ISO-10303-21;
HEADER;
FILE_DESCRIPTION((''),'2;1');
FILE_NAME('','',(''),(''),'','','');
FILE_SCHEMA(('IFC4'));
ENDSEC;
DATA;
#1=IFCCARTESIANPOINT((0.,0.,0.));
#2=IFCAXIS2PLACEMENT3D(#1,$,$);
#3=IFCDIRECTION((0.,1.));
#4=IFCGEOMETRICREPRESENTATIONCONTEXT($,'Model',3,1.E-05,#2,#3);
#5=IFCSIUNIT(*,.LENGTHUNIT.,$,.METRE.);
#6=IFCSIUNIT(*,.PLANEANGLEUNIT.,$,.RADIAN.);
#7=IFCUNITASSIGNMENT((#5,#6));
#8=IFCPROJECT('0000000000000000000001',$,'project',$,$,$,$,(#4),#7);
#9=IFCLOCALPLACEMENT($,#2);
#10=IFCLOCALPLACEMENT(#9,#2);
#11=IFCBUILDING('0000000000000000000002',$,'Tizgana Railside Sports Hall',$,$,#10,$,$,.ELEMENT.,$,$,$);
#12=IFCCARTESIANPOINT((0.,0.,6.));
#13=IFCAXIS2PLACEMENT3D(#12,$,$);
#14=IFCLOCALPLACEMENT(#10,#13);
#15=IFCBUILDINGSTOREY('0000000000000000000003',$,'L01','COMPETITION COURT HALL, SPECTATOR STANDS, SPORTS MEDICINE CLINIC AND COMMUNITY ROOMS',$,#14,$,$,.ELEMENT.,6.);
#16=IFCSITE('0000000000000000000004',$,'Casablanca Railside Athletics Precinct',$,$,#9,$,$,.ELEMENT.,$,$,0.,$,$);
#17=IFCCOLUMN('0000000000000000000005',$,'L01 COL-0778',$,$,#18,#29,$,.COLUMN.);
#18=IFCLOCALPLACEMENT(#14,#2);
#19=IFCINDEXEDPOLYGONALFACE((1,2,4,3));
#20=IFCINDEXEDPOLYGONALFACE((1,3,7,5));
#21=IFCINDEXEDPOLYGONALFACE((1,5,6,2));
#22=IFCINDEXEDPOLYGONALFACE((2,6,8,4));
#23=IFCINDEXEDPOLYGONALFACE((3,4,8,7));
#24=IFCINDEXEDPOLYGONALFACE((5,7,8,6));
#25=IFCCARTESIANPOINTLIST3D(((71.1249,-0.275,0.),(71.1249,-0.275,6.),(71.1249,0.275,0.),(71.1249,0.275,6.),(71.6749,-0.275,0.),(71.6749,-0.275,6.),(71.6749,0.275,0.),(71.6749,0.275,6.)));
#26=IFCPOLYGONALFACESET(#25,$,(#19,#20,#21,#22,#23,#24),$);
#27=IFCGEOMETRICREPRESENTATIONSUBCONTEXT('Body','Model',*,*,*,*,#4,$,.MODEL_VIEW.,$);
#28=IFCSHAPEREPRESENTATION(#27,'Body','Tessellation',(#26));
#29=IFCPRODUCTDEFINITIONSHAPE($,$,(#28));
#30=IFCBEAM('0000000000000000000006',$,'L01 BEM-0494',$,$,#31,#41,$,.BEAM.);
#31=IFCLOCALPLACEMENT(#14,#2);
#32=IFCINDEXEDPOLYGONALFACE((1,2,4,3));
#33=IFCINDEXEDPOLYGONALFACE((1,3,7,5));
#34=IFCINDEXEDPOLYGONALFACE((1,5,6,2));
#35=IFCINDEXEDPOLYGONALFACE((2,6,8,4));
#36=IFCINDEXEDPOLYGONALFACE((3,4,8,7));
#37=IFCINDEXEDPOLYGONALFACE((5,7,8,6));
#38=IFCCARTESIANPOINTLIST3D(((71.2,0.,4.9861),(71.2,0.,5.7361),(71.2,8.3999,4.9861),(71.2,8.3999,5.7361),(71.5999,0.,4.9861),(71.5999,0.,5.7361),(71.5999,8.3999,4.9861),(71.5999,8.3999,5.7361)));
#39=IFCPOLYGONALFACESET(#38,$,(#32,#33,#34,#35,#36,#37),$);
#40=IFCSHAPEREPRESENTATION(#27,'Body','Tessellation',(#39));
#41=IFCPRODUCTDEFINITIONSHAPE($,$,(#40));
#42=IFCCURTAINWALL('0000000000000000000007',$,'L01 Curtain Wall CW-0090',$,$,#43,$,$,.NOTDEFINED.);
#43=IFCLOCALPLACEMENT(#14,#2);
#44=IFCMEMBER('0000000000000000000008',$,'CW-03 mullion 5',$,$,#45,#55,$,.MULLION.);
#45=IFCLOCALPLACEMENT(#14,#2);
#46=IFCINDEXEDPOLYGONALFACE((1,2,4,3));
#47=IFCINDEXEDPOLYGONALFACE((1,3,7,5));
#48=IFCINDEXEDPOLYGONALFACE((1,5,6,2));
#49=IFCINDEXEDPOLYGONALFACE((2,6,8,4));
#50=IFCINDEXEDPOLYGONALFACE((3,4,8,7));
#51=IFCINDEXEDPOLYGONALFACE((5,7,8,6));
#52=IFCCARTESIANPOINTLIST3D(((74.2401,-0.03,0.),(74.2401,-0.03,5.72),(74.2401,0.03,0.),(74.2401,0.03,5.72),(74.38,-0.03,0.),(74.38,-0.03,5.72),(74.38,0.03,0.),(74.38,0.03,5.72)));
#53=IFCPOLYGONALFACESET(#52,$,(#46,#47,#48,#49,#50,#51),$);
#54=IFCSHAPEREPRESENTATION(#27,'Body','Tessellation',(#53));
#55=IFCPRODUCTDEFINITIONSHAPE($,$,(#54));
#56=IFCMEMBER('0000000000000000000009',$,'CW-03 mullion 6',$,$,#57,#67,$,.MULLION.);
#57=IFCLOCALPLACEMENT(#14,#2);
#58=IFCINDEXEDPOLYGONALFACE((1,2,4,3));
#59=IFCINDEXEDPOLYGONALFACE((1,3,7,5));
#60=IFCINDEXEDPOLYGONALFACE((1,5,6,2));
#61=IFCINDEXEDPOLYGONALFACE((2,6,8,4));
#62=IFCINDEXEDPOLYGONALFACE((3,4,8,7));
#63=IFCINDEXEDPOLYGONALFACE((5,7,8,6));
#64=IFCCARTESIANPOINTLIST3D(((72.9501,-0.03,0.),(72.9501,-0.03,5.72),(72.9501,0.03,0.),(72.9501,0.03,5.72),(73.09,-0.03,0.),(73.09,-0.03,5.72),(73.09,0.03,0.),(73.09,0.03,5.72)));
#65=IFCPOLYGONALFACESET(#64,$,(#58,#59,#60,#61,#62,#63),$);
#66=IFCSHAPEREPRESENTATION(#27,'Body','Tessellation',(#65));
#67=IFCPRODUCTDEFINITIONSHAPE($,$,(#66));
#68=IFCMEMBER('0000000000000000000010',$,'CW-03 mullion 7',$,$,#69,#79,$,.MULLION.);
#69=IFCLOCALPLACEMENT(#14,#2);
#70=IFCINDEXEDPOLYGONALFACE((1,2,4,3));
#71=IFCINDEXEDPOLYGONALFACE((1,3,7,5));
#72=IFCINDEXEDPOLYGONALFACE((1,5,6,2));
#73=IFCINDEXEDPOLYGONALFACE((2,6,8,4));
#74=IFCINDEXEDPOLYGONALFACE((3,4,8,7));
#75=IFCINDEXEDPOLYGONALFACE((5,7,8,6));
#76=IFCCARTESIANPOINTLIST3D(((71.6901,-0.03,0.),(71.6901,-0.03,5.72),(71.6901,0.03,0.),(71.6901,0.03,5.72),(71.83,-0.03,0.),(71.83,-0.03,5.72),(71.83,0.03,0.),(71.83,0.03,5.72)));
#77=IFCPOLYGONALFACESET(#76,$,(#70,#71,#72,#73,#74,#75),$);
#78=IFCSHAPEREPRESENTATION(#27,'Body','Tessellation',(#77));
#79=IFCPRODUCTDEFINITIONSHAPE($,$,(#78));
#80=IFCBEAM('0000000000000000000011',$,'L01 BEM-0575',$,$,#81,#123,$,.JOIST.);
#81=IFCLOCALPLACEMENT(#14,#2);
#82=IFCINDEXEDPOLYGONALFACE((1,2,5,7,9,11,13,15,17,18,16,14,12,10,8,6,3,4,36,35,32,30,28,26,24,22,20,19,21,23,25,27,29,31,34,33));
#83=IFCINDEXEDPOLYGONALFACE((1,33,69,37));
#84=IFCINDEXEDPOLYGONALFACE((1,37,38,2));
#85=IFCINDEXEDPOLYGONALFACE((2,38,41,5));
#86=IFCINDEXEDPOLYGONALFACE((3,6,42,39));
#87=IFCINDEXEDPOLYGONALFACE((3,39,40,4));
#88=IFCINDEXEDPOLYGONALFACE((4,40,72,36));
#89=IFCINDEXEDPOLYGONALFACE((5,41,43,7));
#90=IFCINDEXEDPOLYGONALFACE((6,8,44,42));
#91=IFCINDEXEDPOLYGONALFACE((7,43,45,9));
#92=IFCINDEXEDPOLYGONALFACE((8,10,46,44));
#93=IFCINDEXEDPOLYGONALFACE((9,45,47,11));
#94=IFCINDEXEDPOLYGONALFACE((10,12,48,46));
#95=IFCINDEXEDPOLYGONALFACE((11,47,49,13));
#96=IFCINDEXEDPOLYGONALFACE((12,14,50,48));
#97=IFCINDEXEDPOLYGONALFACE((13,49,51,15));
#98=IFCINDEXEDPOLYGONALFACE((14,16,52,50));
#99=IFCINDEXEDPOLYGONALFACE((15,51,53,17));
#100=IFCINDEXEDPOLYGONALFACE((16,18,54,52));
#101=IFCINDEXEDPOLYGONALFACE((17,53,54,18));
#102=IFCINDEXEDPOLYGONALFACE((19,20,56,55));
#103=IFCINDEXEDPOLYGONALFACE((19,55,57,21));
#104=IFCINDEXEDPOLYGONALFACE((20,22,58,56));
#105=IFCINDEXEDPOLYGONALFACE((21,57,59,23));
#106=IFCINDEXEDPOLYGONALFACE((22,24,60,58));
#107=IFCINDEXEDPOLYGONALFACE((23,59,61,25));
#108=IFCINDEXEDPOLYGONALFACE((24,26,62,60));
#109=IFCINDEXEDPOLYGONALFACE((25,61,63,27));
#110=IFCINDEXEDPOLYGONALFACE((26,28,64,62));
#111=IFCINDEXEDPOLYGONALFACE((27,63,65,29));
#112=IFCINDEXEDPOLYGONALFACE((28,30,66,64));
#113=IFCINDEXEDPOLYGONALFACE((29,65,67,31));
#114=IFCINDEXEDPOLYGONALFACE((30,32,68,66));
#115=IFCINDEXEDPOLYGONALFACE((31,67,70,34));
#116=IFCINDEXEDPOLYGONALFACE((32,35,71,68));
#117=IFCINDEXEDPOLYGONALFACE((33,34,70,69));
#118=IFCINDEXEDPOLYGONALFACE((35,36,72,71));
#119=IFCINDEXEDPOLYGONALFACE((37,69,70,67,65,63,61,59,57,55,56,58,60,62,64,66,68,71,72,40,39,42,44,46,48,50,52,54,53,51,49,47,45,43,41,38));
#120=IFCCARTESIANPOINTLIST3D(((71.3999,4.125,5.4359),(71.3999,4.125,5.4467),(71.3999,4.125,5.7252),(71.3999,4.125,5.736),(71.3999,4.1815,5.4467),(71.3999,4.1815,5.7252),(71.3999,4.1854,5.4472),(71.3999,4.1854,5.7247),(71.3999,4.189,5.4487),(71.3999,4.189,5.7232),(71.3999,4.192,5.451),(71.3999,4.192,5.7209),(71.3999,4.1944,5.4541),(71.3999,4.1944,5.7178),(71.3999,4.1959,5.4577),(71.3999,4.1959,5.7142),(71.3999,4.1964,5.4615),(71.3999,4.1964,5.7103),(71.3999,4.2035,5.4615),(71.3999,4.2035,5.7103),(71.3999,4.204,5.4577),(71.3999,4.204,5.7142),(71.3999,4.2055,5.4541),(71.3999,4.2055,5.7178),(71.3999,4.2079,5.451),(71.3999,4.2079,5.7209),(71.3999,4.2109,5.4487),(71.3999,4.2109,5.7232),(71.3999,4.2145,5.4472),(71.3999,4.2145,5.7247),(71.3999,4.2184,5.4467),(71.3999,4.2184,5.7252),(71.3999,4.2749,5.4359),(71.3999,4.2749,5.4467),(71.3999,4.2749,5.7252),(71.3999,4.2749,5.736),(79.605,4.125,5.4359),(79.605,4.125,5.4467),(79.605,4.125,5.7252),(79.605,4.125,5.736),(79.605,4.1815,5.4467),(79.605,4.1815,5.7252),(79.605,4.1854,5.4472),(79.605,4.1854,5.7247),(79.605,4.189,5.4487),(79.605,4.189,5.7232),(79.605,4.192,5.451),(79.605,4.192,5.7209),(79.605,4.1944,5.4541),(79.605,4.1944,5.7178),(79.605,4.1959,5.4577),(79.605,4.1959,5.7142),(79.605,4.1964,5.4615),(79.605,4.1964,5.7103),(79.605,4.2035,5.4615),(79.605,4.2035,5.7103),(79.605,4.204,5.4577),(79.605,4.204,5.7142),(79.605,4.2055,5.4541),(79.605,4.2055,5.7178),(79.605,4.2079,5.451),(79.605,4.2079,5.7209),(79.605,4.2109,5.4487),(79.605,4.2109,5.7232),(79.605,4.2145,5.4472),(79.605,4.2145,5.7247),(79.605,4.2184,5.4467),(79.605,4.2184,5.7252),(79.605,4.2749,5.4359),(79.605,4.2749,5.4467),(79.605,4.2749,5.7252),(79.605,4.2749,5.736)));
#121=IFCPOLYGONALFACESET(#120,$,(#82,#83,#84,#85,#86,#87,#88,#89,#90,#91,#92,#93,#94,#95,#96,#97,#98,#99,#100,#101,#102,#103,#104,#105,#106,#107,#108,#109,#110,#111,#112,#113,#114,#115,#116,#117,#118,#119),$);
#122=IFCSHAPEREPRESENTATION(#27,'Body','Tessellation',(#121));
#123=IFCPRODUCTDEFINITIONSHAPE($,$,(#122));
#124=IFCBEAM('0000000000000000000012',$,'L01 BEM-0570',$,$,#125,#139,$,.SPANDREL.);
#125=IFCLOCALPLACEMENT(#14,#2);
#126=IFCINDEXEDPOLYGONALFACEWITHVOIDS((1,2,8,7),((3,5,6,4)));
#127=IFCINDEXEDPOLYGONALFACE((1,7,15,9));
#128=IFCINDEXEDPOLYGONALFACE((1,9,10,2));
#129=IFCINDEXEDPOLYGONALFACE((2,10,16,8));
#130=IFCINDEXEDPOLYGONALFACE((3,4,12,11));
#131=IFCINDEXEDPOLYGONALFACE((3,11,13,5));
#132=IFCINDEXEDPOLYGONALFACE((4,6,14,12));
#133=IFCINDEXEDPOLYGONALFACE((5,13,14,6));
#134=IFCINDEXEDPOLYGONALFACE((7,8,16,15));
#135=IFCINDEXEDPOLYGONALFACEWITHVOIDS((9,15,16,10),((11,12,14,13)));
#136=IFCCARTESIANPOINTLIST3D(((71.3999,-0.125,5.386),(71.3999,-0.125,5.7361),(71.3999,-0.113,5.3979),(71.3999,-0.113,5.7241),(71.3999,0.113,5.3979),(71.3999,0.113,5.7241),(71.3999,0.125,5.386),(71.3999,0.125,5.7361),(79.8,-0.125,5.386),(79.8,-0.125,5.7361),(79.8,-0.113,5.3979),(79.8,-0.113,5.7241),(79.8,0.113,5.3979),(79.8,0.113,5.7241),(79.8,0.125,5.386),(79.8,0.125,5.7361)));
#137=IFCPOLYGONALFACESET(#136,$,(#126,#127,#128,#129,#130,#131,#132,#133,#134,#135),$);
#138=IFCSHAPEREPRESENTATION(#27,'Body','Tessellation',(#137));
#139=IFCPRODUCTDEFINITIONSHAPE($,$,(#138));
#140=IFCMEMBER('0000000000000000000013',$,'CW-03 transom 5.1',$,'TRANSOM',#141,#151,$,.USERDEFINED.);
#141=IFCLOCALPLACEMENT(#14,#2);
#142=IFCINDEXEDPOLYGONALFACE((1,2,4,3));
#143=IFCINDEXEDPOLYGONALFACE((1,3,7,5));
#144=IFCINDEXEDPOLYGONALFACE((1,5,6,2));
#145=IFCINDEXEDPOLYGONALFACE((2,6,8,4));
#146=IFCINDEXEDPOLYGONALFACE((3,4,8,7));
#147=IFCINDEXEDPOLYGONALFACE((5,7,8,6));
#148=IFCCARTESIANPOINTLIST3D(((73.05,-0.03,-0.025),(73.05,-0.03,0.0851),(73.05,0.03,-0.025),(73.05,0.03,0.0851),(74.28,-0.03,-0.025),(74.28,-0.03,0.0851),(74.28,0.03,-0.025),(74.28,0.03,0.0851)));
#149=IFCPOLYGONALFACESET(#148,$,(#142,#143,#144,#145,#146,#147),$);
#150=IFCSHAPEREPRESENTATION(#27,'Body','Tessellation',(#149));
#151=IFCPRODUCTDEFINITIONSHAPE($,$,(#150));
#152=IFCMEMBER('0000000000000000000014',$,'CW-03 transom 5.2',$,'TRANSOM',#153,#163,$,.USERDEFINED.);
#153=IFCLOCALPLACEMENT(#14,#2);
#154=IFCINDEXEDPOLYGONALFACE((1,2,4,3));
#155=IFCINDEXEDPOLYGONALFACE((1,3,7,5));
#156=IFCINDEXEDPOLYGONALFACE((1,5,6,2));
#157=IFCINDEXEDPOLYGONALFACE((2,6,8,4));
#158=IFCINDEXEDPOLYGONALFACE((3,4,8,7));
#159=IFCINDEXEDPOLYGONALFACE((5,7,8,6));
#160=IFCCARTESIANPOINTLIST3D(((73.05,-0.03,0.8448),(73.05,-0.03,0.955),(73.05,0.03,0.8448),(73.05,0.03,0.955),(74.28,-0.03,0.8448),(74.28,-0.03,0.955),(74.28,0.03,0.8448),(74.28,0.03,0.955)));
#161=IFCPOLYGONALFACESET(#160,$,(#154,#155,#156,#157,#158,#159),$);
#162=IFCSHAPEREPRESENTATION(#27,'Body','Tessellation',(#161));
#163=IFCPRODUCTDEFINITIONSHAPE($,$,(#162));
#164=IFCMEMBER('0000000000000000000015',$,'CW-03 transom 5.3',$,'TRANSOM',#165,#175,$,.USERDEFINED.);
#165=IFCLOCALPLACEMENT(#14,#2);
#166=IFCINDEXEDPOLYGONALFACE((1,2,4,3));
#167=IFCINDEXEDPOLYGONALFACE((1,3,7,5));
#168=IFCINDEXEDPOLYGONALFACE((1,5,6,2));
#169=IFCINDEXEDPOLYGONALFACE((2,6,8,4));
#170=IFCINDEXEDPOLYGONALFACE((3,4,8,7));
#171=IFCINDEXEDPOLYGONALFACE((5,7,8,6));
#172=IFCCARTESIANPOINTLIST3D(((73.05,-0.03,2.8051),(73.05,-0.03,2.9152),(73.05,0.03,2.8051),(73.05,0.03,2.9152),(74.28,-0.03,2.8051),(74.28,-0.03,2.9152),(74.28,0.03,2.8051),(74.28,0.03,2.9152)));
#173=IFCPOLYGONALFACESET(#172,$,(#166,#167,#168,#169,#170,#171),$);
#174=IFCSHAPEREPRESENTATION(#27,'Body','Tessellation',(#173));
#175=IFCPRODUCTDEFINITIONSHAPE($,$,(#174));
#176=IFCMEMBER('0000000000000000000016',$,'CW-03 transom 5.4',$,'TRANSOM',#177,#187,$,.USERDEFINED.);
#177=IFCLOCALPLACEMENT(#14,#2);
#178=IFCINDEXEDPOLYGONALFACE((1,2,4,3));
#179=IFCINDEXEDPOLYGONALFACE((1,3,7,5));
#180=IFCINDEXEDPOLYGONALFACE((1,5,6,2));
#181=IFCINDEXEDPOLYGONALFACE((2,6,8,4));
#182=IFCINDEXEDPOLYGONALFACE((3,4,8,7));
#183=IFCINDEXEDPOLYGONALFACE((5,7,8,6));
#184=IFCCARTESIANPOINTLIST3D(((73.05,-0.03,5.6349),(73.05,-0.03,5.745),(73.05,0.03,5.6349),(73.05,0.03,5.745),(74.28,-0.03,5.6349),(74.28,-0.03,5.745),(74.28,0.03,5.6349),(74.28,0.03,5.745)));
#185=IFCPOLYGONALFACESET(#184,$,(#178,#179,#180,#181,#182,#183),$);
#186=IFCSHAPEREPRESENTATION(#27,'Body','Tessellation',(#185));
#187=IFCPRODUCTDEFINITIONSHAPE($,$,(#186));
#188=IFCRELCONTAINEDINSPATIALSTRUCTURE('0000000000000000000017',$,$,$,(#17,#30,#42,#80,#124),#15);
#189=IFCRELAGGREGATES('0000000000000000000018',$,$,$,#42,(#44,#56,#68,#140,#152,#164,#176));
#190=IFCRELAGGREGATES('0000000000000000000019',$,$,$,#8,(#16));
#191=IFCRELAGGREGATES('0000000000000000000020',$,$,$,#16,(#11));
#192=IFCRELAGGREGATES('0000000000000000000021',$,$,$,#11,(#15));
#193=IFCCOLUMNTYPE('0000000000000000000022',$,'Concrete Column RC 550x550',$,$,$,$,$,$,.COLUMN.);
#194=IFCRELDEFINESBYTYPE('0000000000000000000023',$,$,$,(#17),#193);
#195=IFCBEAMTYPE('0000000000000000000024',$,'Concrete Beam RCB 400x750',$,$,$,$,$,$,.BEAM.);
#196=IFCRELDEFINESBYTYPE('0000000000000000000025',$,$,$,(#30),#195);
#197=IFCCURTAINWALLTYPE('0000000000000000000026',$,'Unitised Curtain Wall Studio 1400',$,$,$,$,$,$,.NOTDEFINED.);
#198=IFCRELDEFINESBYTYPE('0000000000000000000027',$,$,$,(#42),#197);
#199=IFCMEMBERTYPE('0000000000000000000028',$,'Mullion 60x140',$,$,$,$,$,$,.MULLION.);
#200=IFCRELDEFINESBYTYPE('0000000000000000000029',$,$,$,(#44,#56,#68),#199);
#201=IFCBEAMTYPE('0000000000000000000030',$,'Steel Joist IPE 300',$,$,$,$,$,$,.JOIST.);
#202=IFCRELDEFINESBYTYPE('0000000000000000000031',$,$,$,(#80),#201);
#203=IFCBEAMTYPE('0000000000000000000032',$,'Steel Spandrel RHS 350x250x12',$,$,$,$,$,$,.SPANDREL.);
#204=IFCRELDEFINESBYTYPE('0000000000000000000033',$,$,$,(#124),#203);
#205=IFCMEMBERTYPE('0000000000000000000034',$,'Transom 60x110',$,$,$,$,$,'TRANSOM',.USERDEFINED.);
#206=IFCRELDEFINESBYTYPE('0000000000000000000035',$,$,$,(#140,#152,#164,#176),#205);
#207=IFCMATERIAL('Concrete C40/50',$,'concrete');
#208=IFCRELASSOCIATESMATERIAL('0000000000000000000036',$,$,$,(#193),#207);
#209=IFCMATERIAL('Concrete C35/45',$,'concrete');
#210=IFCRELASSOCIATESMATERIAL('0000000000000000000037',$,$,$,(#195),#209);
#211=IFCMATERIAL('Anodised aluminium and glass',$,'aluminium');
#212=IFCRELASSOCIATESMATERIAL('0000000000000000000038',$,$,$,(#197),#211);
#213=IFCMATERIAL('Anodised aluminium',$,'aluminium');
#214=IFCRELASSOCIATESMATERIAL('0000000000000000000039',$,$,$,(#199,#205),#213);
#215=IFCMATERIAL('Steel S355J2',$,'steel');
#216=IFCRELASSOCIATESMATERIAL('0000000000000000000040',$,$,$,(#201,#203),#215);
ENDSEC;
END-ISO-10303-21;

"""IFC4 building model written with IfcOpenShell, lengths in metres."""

from ifc_helpers import new_model, si_unit, direction, frame, origin, origin_2d, place, context, subcontext, project, spatial, rectangle, hollow_rectangle, i_section, extrude, material, material_profile, profile_set, type_object, element, aggregate, save


model = new_model("IFC4")

# Units and contexts
model_context = context("Model", 3, precision=1e-05, world=origin(), true_north=direction((0.0, 1.0)))
body_context = subcontext(model_context, "Body", "Model", "MODEL_VIEW")
ifc_project = project(units=[si_unit("LENGTHUNIT", "METRE"), si_unit("PLANEANGLEUNIT", "RADIAN")], contexts=[model_context])

# Site, building, storey
site_placement = place(None, origin())
site = spatial("IfcSite", under=ifc_project, at=site_placement, Name="Casablanca Railside Athletics Precinct", CompositionType="ELEMENT", RefElevation=0.0)
building_placement = place(site_placement, origin())
building = spatial("IfcBuilding", under=site, at=building_placement, Name="Tizgana Railside Sports Hall", CompositionType="ELEMENT")
storey_placement = place(building_placement, frame((0.0, 0.0, 6.0)))
storey = spatial("IfcBuildingStorey", under=building, at=storey_placement, Name="L01", Description="COMPETITION COURT HALL, SPECTATOR STANDS, SPORTS MEDICINE CLINIC AND COMMUNITY ROOMS", CompositionType="ELEMENT", Elevation=6.0)

# Column
ifc_material_1 = material(Name="Concrete C40/50", Category="concrete")
ifc_material_profile_1 = material_profile(ifc_material_1, rectangle(XDim=0.55, YDim=0.55, at=origin_2d()), Name="RC 550x550")
ifc_profile_set_1 = profile_set([ifc_material_profile_1], Name="Concrete C40/50")
column_type = type_object("IfcColumnType", Name="Concrete Column RC 550x550", PredefinedType="COLUMN", material=ifc_profile_set_1)
column_placement = place(storey_placement, frame((71.3999, 0.0, 0.0), z_axis=(0.0, 0.0, 1.0), x_axis=(1.0, 0.0, 0.0)))
element("IfcColumn", 1, at=column_placement, inside=storey, type_object=column_type, Name="L01 COL-0778", PredefinedType="COLUMN", context=body_context, shape_type="SweptSolid", body=[
    extrude(rectangle(XDim=0.55, YDim=0.55, at=origin_2d()), origin(), (0.0, 0.0, 1.0), 6.0),
])

# Beam
ifc_material_2 = material(Name="Concrete C35/45", Category="concrete")
ifc_material_profile_2 = material_profile(ifc_material_2, rectangle(XDim=0.3999, YDim=0.75, at=origin_2d()), Name="RCB 400x750")
ifc_profile_set_2 = profile_set([ifc_material_profile_2], Name="Concrete C35/45")
beam_type_1 = type_object("IfcBeamType", Name="Concrete Beam RCB 400x750", PredefinedType="BEAM", material=ifc_profile_set_2)
beam_1_placement = place(storey_placement, frame((71.3999, 0.0, 5.3611), z_axis=(0.0, 1.0, 0.0), x_axis=(-1.0, 0.0, 0.0)))
element("IfcBeam", 2, at=beam_1_placement, inside=storey, type_object=beam_type_1, Name="L01 BEM-0494", PredefinedType="BEAM", context=body_context, shape_type="SweptSolid", body=[
    extrude(rectangle(XDim=0.3999, YDim=0.75, at=origin_2d()), origin(), (0.0, 0.0, 1.0), 8.3999),
])

# Curtain wall, members
ifc_material_3 = material(Name="Anodised aluminium and glass", Category="aluminium")
curtain_wall_type = type_object("IfcCurtainWallType", Name="Unitised Curtain Wall Studio 1400", PredefinedType="NOTDEFINED", material=ifc_material_3)
curtain_wall_placement = place(storey_placement, origin())
curtain_wall = element("IfcCurtainWall", 3, at=curtain_wall_placement, inside=storey, type_object=curtain_wall_type, Name="L01 Curtain Wall CW-0090", PredefinedType="NOTDEFINED")
ifc_material_4 = material(Name="Anodised aluminium", Category="aluminium")
ifc_material_profile_3 = material_profile(ifc_material_4, rectangle(XDim=0.0601, YDim=0.1399, at=origin_2d()), Name="Mullion 60x140")
ifc_profile_set_3 = profile_set([ifc_material_profile_3], Name="Anodised aluminium")
member_type_1 = type_object("IfcMemberType", Name="Mullion 60x140", PredefinedType="MULLION", material=ifc_profile_set_3)
member_1_placement = place(storey_placement, frame((74.3101, 0.0, 0.0), z_axis=(0.0, 0.0, 1.0), x_axis=(0.0, -1.0, 0.0)))
member_1 = element("IfcMember", 4, at=member_1_placement, type_object=member_type_1, Name="CW-03 mullion 5", PredefinedType="MULLION", context=body_context, shape_type="SweptSolid", body=[
    extrude(rectangle(XDim=0.0601, YDim=0.1399, at=origin_2d()), origin(), (0.0, 0.0, 1.0), 5.72),
])
member_2_placement = place(storey_placement, frame((73.02, 0.0, 0.0), z_axis=(0.0, 0.0, 1.0), x_axis=(0.0, -1.0, 0.0)))
member_2 = element("IfcMember", 5, at=member_2_placement, type_object=member_type_1, Name="CW-03 mullion 6", PredefinedType="MULLION", context=body_context, shape_type="SweptSolid", body=[
    extrude(rectangle(XDim=0.0601, YDim=0.1399, at=origin_2d()), origin(), (0.0, 0.0, 1.0), 5.72),
])
member_3_placement = place(storey_placement, frame((71.76, 0.0, 0.0), z_axis=(0.0, 0.0, 1.0), x_axis=(0.0, -1.0, 0.0)))
member_3 = element("IfcMember", 6, at=member_3_placement, type_object=member_type_1, Name="CW-03 mullion 7", PredefinedType="MULLION", context=body_context, shape_type="SweptSolid", body=[
    extrude(rectangle(XDim=0.0601, YDim=0.1399, at=origin_2d()), origin(), (0.0, 0.0, 1.0), 5.72),
])

# Beams
ifc_material_5 = material(Name="Steel S355J2", Category="steel")
ifc_material_profile_4 = material_profile(ifc_material_5, i_section(OverallWidth=0.1499, OverallDepth=0.3, WebThickness=0.0071, FlangeThickness=0.0107, FilletRadius=0.0149, at=origin_2d()), Name="IPE 300")
ifc_profile_set_4 = profile_set([ifc_material_profile_4], Name="Steel S355J2")
beam_type_2 = type_object("IfcBeamType", Name="Steel Joist IPE 300", PredefinedType="JOIST", material=ifc_profile_set_4)
beam_2_placement = place(storey_placement, frame((71.3999, 4.2, 5.5859), z_axis=(1.0, 0.0, 0.0), x_axis=(0.0, 1.0, 0.0)))
element("IfcBeam", 7, at=beam_2_placement, inside=storey, type_object=beam_type_2, Name="L01 BEM-0575", PredefinedType="JOIST", context=body_context, shape_type="SweptSolid", body=[
    extrude(i_section(OverallWidth=0.1499, OverallDepth=0.3, WebThickness=0.0071, FlangeThickness=0.0107, FilletRadius=0.0149, at=origin_2d()), origin(), (0.0, 0.0, 1.0), 8.2051),
])
ifc_material_profile_5 = material_profile(ifc_material_5, hollow_rectangle(XDim=0.25, YDim=0.3501, WallThickness=0.012, at=origin_2d()), Name="RHS 350x250x12")
ifc_profile_set_5 = profile_set([ifc_material_profile_5], Name="Steel S355J2")
beam_type_3 = type_object("IfcBeamType", Name="Steel Spandrel RHS 350x250x12", PredefinedType="SPANDREL", material=ifc_profile_set_5)
beam_3_placement = place(storey_placement, frame((71.3999, 0.0, 5.561), z_axis=(1.0, 0.0, 0.0), x_axis=(0.0, 1.0, 0.0)))
element("IfcBeam", 8, at=beam_3_placement, inside=storey, type_object=beam_type_3, Name="L01 BEM-0570", PredefinedType="SPANDREL", context=body_context, shape_type="SweptSolid", body=[
    extrude(hollow_rectangle(XDim=0.25, YDim=0.3501, WallThickness=0.012, at=origin_2d()), origin(), (0.0, 0.0, 1.0), 8.4001),
])

# Members
ifc_material_profile_6 = material_profile(ifc_material_4, rectangle(XDim=0.0601, YDim=0.1101, at=origin_2d()), Name="Transom 60x110")
ifc_profile_set_6 = profile_set([ifc_material_profile_6], Name="Anodised aluminium")
member_type_2 = type_object("IfcMemberType", Name="Transom 60x110", ElementType="TRANSOM", PredefinedType="USERDEFINED", material=ifc_profile_set_6)
member_4_placement = place(storey_placement, frame((74.28, 0.0, 0.03), z_axis=(-1.0, 0.0, 0.0), x_axis=(0.0, -1.0, 0.0)))
member_4 = element("IfcMember", 9, at=member_4_placement, type_object=member_type_2, Name="CW-03 transom 5.1", ObjectType="TRANSOM", PredefinedType="USERDEFINED", context=body_context, shape_type="SweptSolid", body=[
    extrude(rectangle(XDim=0.0601, YDim=0.1101, at=origin_2d()), origin(), (0.0, 0.0, 1.0), 1.23),
])
member_5_placement = place(storey_placement, frame((74.28, 0.0, 0.8999), z_axis=(-1.0, 0.0, 0.0), x_axis=(0.0, -1.0, 0.0)))
member_5 = element("IfcMember", 10, at=member_5_placement, type_object=member_type_2, Name="CW-03 transom 5.2", ObjectType="TRANSOM", PredefinedType="USERDEFINED", context=body_context, shape_type="SweptSolid", body=[
    extrude(rectangle(XDim=0.0601, YDim=0.1101, at=origin_2d()), origin(), (0.0, 0.0, 1.0), 1.23),
])
member_6_placement = place(storey_placement, frame((74.28, 0.0, 2.8601), z_axis=(-1.0, 0.0, 0.0), x_axis=(0.0, -1.0, 0.0)))
member_6 = element("IfcMember", 11, at=member_6_placement, type_object=member_type_2, Name="CW-03 transom 5.3", ObjectType="TRANSOM", PredefinedType="USERDEFINED", context=body_context, shape_type="SweptSolid", body=[
    extrude(rectangle(XDim=0.0601, YDim=0.1101, at=origin_2d()), origin(), (0.0, 0.0, 1.0), 1.23),
])
member_7_placement = place(storey_placement, frame((74.28, 0.0, 5.6899), z_axis=(-1.0, 0.0, 0.0), x_axis=(0.0, -1.0, 0.0)))
member_7 = element("IfcMember", 12, at=member_7_placement, type_object=member_type_2, Name="CW-03 transom 5.4", ObjectType="TRANSOM", PredefinedType="USERDEFINED", context=body_context, shape_type="SweptSolid", body=[
    extrude(rectangle(XDim=0.0601, YDim=0.1101, at=origin_2d()), origin(), (0.0, 0.0, 1.0), 1.23),
])

aggregate(curtain_wall, [member_1, member_2, member_3, member_4, member_5, member_6, member_7])

save(model, "model.ifc")
